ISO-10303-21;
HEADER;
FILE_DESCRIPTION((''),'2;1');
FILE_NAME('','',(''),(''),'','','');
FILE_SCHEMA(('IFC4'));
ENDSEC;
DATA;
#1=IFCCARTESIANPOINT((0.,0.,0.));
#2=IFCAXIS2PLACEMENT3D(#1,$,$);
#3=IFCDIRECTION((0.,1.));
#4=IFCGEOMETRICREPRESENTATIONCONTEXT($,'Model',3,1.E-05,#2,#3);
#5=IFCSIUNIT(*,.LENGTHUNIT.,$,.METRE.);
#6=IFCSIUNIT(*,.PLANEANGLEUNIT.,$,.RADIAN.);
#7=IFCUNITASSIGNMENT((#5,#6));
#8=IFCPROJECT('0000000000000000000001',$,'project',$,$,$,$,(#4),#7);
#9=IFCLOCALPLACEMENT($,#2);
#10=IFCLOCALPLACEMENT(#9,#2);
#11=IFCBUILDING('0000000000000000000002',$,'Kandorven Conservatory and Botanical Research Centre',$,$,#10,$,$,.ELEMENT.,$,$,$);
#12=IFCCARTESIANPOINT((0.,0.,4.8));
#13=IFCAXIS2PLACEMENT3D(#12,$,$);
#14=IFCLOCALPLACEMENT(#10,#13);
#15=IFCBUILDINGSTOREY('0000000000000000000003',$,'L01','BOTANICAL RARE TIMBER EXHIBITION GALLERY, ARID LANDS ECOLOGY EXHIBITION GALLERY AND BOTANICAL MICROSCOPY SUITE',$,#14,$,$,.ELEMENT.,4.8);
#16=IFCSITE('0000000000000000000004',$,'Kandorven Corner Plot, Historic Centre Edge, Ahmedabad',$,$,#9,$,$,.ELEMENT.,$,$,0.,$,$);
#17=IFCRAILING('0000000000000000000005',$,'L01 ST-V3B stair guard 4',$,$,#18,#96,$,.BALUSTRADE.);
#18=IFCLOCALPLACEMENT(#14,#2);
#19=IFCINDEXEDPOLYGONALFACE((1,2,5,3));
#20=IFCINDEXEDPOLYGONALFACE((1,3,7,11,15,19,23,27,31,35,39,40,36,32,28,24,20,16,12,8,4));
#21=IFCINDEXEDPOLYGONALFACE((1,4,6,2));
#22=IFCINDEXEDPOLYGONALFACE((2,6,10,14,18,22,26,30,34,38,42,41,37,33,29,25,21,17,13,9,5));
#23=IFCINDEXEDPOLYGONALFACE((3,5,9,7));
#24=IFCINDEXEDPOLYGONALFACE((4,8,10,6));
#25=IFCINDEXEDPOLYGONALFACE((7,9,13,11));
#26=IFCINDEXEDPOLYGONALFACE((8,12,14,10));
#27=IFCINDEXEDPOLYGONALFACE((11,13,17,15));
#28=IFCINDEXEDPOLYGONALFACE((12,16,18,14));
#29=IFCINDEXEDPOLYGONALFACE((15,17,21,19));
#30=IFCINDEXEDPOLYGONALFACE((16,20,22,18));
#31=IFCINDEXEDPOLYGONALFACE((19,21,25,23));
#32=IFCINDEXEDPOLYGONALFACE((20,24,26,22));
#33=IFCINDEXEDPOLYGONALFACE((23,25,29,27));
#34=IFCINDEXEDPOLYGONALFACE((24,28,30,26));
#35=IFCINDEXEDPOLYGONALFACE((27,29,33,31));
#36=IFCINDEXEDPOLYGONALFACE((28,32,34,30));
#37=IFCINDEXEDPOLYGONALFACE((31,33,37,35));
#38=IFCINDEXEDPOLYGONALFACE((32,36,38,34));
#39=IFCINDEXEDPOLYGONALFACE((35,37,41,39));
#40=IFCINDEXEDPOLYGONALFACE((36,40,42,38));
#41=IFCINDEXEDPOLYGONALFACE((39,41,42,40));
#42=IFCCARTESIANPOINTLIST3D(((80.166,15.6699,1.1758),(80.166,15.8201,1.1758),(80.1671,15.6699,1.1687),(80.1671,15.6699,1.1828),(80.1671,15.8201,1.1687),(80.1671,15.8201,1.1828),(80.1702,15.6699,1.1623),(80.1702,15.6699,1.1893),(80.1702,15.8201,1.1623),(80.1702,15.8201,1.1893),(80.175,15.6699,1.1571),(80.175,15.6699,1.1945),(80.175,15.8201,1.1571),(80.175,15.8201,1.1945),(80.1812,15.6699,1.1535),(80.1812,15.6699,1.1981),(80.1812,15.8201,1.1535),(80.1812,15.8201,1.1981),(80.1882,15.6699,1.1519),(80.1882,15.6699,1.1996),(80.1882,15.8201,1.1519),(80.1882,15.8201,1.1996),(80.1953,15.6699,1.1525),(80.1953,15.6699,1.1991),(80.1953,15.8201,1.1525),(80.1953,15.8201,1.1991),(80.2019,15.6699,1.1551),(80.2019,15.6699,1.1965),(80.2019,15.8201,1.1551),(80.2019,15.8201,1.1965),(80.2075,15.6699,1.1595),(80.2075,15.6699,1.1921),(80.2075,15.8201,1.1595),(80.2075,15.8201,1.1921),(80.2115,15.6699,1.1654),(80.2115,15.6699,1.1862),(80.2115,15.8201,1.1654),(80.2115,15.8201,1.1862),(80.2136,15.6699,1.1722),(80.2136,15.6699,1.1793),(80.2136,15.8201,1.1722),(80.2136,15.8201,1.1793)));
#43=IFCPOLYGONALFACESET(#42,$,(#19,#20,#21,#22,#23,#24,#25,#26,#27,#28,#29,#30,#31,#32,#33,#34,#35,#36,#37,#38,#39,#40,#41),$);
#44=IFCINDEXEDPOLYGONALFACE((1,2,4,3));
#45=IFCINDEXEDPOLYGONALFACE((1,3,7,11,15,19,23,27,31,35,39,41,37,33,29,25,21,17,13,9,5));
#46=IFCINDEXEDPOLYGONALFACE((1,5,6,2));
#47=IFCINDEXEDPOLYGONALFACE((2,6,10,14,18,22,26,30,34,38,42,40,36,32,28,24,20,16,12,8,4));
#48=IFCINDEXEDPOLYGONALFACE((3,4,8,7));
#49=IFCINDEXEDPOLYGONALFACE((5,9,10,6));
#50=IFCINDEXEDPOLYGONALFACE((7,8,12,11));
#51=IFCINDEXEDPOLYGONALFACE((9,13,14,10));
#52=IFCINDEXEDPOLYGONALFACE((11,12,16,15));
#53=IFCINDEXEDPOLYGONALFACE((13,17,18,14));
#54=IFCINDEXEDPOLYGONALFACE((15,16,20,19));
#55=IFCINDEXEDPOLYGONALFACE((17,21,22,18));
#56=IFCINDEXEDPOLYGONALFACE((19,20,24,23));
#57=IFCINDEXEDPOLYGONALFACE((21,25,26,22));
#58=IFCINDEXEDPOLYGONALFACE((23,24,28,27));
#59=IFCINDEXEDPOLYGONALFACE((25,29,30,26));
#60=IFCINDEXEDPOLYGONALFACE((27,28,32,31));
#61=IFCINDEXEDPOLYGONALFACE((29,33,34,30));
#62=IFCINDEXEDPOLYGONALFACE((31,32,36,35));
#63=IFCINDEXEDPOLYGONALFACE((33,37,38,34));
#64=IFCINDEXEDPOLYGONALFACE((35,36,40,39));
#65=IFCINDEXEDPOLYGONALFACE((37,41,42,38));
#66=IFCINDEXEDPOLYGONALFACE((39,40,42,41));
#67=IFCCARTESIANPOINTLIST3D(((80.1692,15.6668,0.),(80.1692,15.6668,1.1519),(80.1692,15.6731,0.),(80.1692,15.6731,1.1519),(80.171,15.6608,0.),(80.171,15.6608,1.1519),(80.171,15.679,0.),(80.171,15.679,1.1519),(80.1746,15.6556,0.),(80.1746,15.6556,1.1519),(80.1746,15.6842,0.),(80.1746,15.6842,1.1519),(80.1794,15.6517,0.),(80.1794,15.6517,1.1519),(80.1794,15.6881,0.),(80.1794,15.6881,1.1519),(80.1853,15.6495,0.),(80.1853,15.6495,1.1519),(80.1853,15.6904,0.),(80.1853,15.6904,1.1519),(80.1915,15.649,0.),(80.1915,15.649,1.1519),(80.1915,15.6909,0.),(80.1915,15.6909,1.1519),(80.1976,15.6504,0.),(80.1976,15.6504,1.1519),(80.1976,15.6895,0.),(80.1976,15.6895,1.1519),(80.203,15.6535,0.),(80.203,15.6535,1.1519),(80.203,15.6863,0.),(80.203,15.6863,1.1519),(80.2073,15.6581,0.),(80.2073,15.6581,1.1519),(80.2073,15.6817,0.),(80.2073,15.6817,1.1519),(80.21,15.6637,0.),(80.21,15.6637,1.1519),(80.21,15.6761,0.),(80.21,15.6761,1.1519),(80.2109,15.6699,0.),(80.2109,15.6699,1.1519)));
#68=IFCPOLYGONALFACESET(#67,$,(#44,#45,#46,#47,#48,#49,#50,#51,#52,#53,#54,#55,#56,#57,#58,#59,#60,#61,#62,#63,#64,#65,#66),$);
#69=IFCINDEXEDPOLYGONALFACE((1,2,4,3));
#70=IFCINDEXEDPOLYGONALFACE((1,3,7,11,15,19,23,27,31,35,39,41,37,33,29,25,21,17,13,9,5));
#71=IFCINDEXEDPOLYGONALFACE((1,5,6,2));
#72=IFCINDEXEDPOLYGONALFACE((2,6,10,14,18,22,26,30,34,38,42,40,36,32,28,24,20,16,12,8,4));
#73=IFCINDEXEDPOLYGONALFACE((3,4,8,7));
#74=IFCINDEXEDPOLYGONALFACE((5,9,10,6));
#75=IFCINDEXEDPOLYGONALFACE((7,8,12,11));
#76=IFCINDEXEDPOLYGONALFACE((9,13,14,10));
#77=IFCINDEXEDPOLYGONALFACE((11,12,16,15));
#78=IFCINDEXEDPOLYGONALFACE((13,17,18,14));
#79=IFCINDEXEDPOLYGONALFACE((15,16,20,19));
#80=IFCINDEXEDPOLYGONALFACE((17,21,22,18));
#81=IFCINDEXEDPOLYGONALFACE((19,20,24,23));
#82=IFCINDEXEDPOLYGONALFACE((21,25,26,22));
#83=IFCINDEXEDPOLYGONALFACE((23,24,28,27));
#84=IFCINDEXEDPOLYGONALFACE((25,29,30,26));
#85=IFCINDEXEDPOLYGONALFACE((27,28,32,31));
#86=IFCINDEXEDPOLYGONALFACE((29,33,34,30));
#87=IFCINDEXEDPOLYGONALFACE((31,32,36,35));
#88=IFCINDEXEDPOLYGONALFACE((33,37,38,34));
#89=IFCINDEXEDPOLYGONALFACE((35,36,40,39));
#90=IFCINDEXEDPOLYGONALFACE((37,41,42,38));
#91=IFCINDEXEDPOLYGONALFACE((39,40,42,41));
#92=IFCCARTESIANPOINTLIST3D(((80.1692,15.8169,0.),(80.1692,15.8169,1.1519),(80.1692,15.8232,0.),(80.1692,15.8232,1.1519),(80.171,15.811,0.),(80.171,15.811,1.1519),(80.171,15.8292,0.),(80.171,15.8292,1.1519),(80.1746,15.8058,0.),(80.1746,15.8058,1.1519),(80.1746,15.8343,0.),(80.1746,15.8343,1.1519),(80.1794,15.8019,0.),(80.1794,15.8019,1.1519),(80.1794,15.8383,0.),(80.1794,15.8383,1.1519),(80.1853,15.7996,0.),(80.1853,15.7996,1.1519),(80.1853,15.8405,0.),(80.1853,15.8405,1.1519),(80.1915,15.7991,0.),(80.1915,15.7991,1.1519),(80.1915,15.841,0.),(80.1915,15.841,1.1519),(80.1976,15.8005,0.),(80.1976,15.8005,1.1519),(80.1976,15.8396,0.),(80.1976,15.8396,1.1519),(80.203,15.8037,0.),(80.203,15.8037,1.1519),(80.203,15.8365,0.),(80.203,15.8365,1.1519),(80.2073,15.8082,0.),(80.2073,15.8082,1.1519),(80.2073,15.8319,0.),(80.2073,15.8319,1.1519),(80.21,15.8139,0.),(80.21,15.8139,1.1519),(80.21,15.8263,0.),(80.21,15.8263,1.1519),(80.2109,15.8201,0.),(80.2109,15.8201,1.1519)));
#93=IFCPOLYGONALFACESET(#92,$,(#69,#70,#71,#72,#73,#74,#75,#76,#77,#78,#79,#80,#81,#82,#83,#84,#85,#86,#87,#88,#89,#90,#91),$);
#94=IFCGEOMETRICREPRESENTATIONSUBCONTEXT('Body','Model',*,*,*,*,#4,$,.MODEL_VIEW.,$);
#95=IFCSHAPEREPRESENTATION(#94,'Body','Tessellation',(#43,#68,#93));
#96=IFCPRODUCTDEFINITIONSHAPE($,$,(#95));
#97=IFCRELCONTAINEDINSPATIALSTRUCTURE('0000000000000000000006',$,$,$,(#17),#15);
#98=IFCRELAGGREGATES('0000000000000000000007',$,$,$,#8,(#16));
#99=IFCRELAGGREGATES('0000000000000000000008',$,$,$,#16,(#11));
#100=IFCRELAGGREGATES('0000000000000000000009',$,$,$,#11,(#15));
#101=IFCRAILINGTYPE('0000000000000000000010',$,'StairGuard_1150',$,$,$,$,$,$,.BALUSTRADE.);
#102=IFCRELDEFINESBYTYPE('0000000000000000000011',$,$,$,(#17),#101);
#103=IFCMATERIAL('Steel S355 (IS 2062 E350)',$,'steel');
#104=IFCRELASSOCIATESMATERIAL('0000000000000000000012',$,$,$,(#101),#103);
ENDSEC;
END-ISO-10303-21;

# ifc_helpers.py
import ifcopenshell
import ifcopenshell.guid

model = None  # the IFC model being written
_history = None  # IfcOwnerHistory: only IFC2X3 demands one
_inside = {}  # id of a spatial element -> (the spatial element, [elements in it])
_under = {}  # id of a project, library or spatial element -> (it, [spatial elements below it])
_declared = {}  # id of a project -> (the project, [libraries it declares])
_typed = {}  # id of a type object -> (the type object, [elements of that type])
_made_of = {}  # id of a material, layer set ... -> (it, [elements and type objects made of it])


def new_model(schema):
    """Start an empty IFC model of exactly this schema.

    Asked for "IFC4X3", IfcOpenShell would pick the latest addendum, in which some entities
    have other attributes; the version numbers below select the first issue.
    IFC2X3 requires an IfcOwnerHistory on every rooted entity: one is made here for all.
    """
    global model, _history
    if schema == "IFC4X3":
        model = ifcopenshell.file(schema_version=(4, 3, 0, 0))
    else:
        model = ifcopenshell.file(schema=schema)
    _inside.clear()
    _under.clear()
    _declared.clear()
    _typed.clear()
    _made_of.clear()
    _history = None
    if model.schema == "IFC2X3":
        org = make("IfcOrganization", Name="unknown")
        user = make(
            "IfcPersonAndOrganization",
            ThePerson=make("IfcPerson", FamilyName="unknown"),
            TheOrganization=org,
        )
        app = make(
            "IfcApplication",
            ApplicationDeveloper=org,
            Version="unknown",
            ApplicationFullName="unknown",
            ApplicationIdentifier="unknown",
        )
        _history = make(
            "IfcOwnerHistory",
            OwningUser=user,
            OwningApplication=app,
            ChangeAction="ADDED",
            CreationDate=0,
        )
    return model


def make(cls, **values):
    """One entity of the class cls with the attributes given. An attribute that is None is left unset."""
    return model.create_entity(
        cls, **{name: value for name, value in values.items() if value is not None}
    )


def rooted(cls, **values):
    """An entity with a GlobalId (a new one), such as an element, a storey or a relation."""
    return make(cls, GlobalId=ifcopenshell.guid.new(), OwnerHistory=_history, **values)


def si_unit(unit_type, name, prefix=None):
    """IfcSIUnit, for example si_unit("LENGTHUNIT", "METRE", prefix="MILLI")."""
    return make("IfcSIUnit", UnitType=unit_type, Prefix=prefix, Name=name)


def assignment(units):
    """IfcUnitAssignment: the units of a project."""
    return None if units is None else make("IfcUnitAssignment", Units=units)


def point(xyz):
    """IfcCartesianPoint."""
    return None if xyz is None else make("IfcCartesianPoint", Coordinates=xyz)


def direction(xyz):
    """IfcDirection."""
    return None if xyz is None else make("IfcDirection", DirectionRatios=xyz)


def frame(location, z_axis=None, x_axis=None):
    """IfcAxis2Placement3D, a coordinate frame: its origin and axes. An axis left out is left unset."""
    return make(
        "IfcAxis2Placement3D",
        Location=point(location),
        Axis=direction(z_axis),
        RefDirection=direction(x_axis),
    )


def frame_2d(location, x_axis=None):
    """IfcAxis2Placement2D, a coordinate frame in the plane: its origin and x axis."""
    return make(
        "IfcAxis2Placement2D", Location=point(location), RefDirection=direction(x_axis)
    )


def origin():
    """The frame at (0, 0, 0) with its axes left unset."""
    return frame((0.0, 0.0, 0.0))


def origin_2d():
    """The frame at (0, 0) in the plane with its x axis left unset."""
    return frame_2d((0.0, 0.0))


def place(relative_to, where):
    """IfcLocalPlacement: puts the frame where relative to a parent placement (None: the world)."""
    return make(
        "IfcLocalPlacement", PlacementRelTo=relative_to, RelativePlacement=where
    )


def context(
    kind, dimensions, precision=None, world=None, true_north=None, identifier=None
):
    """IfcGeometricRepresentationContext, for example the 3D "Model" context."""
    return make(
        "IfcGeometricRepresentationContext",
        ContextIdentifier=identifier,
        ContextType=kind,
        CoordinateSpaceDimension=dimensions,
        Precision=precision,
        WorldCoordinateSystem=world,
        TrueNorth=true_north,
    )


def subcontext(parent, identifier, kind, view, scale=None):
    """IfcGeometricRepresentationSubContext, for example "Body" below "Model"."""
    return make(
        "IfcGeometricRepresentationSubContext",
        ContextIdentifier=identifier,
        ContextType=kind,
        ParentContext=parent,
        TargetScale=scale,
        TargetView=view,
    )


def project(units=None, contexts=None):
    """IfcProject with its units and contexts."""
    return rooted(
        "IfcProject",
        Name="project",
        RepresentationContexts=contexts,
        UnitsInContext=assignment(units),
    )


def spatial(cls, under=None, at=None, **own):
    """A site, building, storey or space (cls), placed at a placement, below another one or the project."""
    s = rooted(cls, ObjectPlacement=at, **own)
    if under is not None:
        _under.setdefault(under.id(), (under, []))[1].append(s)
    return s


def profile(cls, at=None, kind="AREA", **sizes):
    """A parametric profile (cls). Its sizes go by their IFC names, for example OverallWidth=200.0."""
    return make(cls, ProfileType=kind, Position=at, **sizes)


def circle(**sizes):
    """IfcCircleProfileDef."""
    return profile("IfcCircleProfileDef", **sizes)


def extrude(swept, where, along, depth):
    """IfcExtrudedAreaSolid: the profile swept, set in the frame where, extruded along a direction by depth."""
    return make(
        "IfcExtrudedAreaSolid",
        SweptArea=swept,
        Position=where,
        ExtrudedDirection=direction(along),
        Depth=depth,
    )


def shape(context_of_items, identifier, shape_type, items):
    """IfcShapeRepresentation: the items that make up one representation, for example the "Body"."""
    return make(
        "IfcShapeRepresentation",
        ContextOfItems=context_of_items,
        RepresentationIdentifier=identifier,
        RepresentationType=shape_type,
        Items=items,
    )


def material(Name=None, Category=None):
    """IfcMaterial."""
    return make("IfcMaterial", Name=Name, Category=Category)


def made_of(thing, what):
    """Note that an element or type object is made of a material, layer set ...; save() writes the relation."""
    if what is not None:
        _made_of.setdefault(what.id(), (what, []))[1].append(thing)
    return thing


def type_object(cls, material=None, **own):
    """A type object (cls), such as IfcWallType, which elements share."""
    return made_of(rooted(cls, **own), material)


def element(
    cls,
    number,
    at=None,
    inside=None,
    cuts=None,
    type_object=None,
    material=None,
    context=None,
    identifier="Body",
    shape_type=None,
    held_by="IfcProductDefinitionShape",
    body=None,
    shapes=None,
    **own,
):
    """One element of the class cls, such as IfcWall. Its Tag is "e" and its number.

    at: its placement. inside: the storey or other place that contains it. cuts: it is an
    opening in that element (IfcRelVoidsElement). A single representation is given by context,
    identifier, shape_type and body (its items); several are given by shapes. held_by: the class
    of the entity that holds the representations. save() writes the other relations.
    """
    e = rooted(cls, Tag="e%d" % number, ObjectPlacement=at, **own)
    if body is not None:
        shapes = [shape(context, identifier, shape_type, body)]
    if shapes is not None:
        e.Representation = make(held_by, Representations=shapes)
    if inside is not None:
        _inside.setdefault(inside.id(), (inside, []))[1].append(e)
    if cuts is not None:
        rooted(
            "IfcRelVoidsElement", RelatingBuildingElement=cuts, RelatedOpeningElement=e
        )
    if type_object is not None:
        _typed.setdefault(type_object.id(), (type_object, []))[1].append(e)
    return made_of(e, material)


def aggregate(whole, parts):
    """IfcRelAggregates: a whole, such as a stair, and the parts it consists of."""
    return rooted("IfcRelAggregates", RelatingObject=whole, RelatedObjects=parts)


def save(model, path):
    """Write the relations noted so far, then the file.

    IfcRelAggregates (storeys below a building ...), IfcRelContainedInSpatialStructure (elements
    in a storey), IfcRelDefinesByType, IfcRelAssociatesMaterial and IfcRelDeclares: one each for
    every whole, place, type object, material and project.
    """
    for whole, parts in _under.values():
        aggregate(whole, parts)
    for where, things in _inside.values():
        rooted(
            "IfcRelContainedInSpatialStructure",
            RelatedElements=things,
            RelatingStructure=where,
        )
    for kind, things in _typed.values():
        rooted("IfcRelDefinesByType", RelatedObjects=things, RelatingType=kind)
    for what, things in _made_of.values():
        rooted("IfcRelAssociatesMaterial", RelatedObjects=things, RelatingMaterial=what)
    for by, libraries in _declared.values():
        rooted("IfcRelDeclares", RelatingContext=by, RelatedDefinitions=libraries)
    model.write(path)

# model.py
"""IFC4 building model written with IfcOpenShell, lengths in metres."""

from ifc_helpers import new_model, si_unit, direction, frame, origin, origin_2d, place, context, subcontext, project, spatial, circle, extrude, material, type_object, element, save


model = new_model("IFC4")

# Units and contexts
model_context = context("Model", 3, precision=1e-05, world=origin(), true_north=direction((0.0, 1.0)))
body_context = subcontext(model_context, "Body", "Model", "MODEL_VIEW")
ifc_project = project(units=[si_unit("LENGTHUNIT", "METRE"), si_unit("PLANEANGLEUNIT", "RADIAN")], contexts=[model_context])

# Site, building, storey
site_placement = place(None, origin())
site = spatial("IfcSite", under=ifc_project, at=site_placement, Name="Kandorven Corner Plot, Historic Centre Edge, Ahmedabad", CompositionType="ELEMENT", RefElevation=0.0)
building_placement = place(site_placement, origin())
building = spatial("IfcBuilding", under=site, at=building_placement, Name="Kandorven Conservatory and Botanical Research Centre", CompositionType="ELEMENT")
storey_placement = place(building_placement, frame((0.0, 0.0, 4.8)))
storey = spatial("IfcBuildingStorey", under=building, at=storey_placement, Name="L01", Description="BOTANICAL RARE TIMBER EXHIBITION GALLERY, ARID LANDS ECOLOGY EXHIBITION GALLERY AND BOTANICAL MICROSCOPY SUITE", CompositionType="ELEMENT", Elevation=4.8)

# Railing
ifc_material_1 = material(Name="Steel S355 (IS 2062 E350)", Category="steel")
railing_type_1 = type_object("IfcRailingType", Name="StairGuard_1150", PredefinedType="BALUSTRADE", material=ifc_material_1)
railing_1_placement = place(storey_placement, frame((80.1899, 15.6699, 0.0)))
element("IfcRailing", 1, at=railing_1_placement, inside=storey, type_object=railing_type_1, Name="L01 ST-V3B stair guard 4", PredefinedType="BALUSTRADE", context=body_context, shape_type="SweptSolid", body=[
    extrude(circle(Radius=0.0239, at=origin_2d()), frame((0.0, 0.0, 1.1758), z_axis=(0.0, 1.0, 0.0), x_axis=(-1.0, 0.0, 0.0)), (0.0, 0.0, 1.0), 0.1501),
    extrude(circle(Radius=0.021, at=origin_2d()), origin(), (0.0, 0.0, 1.0), 1.1519),
    extrude(circle(Radius=0.021, at=origin_2d()), frame((0.0, 0.1501, 0.0)), (0.0, 0.0, 1.0), 1.1519),
])

save(model, "model.ifc")
